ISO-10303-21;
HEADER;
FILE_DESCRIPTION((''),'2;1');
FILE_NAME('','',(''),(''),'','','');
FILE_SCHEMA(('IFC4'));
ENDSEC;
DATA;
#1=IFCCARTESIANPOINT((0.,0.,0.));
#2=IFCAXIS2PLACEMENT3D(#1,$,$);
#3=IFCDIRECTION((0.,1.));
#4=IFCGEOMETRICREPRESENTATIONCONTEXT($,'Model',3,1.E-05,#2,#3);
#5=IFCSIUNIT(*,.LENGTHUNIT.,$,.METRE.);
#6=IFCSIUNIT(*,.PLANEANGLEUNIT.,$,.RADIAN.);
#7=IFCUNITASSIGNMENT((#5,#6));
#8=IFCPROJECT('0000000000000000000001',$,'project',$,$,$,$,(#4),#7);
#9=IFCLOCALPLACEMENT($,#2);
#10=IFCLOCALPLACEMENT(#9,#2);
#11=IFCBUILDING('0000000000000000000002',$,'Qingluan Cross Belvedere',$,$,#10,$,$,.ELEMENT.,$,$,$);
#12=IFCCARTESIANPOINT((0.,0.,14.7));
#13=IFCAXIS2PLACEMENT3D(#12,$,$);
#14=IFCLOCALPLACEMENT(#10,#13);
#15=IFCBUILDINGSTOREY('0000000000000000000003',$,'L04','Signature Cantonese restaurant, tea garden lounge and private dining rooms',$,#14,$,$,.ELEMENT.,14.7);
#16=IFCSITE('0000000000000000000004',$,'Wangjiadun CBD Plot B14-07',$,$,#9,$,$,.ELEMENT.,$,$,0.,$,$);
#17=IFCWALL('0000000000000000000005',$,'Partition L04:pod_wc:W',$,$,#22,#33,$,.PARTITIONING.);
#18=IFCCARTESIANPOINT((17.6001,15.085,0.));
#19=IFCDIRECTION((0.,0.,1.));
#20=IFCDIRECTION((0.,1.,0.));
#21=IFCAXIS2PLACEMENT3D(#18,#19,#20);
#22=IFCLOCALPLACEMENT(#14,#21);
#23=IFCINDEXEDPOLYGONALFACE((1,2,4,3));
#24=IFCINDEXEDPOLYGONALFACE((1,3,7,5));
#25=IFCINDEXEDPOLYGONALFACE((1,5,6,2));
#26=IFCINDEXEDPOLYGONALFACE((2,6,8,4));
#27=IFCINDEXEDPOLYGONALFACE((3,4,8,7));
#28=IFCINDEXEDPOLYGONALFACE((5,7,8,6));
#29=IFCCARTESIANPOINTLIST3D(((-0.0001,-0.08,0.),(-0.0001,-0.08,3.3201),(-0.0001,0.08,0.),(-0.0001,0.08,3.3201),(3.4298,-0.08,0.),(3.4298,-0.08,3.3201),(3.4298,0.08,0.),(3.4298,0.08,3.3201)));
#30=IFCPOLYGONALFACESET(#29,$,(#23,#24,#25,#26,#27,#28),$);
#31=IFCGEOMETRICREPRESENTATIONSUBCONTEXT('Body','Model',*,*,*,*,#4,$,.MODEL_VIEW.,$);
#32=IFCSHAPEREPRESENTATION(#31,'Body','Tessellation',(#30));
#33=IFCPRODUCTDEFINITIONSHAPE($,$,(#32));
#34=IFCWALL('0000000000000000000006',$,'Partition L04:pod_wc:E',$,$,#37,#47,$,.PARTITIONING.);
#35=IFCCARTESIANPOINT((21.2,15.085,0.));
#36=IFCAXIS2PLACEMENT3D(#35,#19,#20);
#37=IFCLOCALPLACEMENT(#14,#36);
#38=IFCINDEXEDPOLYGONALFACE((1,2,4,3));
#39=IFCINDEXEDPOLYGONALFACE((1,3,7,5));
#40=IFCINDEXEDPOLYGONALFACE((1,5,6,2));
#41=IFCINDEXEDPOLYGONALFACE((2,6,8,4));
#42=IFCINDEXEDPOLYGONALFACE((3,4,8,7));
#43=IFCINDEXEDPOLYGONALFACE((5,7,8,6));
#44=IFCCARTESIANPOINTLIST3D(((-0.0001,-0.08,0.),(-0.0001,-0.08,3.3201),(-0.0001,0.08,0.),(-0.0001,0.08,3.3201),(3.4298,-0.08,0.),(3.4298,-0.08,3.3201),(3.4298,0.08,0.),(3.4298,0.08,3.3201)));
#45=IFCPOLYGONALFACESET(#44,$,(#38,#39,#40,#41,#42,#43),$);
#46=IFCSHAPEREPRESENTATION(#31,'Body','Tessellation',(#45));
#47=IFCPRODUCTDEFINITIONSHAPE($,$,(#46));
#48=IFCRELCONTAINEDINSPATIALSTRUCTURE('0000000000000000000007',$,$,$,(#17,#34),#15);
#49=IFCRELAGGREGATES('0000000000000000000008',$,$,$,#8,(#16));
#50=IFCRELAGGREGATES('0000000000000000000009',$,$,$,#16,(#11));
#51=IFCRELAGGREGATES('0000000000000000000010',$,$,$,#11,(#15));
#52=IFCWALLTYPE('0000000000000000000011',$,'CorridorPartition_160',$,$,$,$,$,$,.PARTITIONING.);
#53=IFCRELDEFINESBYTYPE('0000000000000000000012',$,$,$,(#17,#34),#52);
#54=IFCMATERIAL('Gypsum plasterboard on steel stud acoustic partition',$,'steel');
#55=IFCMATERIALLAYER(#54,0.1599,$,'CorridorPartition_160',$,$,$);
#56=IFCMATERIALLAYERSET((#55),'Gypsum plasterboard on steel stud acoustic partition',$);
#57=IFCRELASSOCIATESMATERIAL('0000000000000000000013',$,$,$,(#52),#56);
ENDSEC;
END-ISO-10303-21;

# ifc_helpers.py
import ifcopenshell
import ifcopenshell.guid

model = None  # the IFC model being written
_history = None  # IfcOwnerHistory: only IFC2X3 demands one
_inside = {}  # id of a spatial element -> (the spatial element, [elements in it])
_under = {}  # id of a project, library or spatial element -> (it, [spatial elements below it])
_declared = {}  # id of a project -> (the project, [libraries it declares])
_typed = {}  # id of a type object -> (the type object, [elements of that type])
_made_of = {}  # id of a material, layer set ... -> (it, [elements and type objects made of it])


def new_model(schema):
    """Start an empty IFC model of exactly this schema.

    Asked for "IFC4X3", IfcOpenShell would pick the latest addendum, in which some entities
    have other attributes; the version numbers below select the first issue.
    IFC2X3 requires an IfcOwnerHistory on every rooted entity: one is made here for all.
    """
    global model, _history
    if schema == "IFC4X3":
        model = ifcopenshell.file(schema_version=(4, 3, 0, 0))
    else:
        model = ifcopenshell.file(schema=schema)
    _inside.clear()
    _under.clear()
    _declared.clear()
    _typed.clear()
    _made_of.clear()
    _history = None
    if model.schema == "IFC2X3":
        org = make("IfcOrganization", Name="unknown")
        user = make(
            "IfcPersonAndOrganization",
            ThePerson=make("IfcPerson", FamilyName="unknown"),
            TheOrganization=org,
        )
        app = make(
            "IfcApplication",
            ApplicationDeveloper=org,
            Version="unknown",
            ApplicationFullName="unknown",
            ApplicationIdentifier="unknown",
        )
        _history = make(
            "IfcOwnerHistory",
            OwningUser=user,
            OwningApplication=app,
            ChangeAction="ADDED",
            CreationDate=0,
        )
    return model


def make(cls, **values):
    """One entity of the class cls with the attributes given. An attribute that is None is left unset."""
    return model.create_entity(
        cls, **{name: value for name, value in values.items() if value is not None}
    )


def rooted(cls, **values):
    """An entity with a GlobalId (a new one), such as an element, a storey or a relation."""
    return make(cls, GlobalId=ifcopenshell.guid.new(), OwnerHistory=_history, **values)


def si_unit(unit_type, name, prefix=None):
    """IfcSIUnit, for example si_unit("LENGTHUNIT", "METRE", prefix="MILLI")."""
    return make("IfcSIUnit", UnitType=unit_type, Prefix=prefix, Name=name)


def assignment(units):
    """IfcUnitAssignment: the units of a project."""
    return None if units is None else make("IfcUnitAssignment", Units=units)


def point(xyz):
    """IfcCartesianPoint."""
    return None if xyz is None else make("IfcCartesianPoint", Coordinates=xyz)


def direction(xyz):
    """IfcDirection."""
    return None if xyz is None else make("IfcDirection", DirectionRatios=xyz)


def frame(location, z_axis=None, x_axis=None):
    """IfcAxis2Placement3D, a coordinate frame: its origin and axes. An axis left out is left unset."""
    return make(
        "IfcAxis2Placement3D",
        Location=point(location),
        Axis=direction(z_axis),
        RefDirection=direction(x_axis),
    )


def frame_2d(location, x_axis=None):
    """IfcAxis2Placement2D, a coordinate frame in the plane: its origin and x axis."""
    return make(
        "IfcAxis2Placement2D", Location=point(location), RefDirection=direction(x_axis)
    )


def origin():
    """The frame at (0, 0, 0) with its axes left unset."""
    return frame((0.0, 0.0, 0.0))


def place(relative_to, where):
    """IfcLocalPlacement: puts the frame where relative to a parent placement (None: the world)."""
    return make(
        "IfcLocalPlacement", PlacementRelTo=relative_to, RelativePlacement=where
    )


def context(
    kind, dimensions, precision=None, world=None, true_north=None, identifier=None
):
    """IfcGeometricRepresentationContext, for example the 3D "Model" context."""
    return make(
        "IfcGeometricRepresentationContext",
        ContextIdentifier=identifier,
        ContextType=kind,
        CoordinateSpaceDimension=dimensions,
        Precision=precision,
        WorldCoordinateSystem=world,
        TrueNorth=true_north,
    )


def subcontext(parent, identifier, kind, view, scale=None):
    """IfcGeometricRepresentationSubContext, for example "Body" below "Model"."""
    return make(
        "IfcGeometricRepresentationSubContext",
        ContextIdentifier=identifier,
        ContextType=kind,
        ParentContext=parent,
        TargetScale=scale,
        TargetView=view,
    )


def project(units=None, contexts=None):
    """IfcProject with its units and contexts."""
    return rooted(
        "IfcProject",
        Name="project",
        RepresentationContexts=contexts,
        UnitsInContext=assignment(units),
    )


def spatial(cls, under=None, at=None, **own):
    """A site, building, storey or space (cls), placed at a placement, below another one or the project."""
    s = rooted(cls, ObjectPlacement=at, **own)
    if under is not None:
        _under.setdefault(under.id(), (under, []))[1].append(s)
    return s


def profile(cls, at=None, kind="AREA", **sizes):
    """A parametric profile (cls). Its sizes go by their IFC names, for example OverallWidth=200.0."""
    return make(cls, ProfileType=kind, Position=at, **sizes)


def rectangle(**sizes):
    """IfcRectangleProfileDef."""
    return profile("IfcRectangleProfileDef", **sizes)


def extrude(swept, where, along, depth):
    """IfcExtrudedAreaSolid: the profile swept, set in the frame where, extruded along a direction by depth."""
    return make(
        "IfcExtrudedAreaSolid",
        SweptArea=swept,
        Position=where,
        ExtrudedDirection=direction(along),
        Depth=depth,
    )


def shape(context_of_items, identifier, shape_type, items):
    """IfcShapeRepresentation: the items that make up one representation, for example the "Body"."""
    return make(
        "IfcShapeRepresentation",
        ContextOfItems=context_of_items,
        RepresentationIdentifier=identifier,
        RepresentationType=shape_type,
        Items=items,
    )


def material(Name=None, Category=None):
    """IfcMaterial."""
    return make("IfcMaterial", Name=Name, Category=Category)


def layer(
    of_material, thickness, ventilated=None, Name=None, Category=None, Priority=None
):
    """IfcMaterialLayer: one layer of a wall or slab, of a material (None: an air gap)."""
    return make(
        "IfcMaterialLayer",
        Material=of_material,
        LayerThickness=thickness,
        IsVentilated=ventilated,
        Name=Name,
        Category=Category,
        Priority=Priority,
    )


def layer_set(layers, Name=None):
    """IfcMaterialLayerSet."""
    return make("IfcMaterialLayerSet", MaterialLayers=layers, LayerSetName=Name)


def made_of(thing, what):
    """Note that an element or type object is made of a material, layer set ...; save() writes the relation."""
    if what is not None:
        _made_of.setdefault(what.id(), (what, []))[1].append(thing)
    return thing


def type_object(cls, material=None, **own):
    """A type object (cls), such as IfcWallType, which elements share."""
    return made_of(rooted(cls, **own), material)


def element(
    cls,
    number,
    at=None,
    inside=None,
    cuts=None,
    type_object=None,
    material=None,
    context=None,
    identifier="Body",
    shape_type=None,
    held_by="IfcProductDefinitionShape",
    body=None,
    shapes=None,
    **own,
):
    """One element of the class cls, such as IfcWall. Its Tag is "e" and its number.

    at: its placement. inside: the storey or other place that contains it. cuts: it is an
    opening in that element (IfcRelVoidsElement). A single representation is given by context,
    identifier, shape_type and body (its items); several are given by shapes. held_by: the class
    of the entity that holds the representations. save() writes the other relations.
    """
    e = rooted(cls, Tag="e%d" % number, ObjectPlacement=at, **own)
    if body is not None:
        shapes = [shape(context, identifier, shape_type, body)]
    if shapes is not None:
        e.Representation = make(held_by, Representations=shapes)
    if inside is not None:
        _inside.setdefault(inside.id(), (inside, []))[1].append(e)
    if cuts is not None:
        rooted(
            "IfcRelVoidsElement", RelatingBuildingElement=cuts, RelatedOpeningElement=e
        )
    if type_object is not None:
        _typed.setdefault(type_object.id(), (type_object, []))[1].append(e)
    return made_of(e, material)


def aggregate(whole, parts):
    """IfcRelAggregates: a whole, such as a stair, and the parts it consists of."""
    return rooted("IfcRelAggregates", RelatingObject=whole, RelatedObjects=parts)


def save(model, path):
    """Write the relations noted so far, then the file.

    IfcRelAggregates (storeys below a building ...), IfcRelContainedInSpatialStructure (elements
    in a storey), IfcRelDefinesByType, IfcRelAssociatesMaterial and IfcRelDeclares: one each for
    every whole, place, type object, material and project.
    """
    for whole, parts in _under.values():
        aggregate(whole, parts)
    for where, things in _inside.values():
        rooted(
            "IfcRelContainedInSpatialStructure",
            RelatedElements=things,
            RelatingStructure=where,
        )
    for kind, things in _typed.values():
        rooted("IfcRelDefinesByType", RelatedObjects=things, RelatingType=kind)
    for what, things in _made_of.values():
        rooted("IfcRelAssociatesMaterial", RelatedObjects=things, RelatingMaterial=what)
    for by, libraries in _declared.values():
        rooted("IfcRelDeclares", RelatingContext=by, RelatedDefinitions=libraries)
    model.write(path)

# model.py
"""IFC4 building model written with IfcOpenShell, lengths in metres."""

from ifc_helpers import new_model, si_unit, direction, frame, frame_2d, origin, place, context, subcontext, project, spatial, rectangle, extrude, material, layer, layer_set, type_object, element, save


model = new_model("IFC4")

# Units and contexts
model_context = context("Model", 3, precision=1e-05, world=origin(), true_north=direction((0.0, 1.0)))
body_context = subcontext(model_context, "Body", "Model", "MODEL_VIEW")
ifc_project = project(units=[si_unit("LENGTHUNIT", "METRE"), si_unit("PLANEANGLEUNIT", "RADIAN")], contexts=[model_context])

# Site, building, storey
site_placement = place(None, origin())
site = spatial("IfcSite", under=ifc_project, at=site_placement, Name="Wangjiadun CBD Plot B14-07", CompositionType="ELEMENT", RefElevation=0.0)
building_placement = place(site_placement, origin())
building = spatial("IfcBuilding", under=site, at=building_placement, Name="Qingluan Cross Belvedere", CompositionType="ELEMENT")
storey_placement = place(building_placement, frame((0.0, 0.0, 14.7)))
storey = spatial("IfcBuildingStorey", under=building, at=storey_placement, Name="L04", Description="Signature Cantonese restaurant, tea garden lounge and private dining rooms", CompositionType="ELEMENT", Elevation=14.7)

# Shared definitions
ifc_material_1 = material(Name="Gypsum plasterboard on steel stud acoustic partition", Category="steel")
ifc_layer_1 = layer(ifc_material_1, 0.1599, Name="CorridorPartition_160")
ifc_layer_set_1 = layer_set([ifc_layer_1], Name="Gypsum plasterboard on steel stud acoustic partition")
wall_type_1 = type_object("IfcWallType", Name="CorridorPartition_160", PredefinedType="PARTITIONING", material=ifc_layer_set_1)

# Walls
for number, where, z_axis, x_axis, name in (
    (1, (17.6001, 15.085, 0.0), (0.0, 0.0, 1.0), (0.0, 1.0, 0.0), "Partition L04:pod_wc:W"),
    (2, (21.2, 15.085, 0.0), (0.0, 0.0, 1.0), (0.0, 1.0, 0.0), "Partition L04:pod_wc:E"),
):
    element("IfcWall", number, at=place(storey_placement, frame(where, z_axis=z_axis, x_axis=x_axis)), inside=storey, type_object=wall_type_1, Name=name, PredefinedType="PARTITIONING", context=body_context, shape_type="SweptSolid", body=[
        extrude(rectangle(XDim=3.4299, YDim=0.1599, at=frame_2d((1.7148, 0.0))), origin(), (0.0, 0.0, 1.0), 3.3201),
    ])

save(model, "model.ifc")
